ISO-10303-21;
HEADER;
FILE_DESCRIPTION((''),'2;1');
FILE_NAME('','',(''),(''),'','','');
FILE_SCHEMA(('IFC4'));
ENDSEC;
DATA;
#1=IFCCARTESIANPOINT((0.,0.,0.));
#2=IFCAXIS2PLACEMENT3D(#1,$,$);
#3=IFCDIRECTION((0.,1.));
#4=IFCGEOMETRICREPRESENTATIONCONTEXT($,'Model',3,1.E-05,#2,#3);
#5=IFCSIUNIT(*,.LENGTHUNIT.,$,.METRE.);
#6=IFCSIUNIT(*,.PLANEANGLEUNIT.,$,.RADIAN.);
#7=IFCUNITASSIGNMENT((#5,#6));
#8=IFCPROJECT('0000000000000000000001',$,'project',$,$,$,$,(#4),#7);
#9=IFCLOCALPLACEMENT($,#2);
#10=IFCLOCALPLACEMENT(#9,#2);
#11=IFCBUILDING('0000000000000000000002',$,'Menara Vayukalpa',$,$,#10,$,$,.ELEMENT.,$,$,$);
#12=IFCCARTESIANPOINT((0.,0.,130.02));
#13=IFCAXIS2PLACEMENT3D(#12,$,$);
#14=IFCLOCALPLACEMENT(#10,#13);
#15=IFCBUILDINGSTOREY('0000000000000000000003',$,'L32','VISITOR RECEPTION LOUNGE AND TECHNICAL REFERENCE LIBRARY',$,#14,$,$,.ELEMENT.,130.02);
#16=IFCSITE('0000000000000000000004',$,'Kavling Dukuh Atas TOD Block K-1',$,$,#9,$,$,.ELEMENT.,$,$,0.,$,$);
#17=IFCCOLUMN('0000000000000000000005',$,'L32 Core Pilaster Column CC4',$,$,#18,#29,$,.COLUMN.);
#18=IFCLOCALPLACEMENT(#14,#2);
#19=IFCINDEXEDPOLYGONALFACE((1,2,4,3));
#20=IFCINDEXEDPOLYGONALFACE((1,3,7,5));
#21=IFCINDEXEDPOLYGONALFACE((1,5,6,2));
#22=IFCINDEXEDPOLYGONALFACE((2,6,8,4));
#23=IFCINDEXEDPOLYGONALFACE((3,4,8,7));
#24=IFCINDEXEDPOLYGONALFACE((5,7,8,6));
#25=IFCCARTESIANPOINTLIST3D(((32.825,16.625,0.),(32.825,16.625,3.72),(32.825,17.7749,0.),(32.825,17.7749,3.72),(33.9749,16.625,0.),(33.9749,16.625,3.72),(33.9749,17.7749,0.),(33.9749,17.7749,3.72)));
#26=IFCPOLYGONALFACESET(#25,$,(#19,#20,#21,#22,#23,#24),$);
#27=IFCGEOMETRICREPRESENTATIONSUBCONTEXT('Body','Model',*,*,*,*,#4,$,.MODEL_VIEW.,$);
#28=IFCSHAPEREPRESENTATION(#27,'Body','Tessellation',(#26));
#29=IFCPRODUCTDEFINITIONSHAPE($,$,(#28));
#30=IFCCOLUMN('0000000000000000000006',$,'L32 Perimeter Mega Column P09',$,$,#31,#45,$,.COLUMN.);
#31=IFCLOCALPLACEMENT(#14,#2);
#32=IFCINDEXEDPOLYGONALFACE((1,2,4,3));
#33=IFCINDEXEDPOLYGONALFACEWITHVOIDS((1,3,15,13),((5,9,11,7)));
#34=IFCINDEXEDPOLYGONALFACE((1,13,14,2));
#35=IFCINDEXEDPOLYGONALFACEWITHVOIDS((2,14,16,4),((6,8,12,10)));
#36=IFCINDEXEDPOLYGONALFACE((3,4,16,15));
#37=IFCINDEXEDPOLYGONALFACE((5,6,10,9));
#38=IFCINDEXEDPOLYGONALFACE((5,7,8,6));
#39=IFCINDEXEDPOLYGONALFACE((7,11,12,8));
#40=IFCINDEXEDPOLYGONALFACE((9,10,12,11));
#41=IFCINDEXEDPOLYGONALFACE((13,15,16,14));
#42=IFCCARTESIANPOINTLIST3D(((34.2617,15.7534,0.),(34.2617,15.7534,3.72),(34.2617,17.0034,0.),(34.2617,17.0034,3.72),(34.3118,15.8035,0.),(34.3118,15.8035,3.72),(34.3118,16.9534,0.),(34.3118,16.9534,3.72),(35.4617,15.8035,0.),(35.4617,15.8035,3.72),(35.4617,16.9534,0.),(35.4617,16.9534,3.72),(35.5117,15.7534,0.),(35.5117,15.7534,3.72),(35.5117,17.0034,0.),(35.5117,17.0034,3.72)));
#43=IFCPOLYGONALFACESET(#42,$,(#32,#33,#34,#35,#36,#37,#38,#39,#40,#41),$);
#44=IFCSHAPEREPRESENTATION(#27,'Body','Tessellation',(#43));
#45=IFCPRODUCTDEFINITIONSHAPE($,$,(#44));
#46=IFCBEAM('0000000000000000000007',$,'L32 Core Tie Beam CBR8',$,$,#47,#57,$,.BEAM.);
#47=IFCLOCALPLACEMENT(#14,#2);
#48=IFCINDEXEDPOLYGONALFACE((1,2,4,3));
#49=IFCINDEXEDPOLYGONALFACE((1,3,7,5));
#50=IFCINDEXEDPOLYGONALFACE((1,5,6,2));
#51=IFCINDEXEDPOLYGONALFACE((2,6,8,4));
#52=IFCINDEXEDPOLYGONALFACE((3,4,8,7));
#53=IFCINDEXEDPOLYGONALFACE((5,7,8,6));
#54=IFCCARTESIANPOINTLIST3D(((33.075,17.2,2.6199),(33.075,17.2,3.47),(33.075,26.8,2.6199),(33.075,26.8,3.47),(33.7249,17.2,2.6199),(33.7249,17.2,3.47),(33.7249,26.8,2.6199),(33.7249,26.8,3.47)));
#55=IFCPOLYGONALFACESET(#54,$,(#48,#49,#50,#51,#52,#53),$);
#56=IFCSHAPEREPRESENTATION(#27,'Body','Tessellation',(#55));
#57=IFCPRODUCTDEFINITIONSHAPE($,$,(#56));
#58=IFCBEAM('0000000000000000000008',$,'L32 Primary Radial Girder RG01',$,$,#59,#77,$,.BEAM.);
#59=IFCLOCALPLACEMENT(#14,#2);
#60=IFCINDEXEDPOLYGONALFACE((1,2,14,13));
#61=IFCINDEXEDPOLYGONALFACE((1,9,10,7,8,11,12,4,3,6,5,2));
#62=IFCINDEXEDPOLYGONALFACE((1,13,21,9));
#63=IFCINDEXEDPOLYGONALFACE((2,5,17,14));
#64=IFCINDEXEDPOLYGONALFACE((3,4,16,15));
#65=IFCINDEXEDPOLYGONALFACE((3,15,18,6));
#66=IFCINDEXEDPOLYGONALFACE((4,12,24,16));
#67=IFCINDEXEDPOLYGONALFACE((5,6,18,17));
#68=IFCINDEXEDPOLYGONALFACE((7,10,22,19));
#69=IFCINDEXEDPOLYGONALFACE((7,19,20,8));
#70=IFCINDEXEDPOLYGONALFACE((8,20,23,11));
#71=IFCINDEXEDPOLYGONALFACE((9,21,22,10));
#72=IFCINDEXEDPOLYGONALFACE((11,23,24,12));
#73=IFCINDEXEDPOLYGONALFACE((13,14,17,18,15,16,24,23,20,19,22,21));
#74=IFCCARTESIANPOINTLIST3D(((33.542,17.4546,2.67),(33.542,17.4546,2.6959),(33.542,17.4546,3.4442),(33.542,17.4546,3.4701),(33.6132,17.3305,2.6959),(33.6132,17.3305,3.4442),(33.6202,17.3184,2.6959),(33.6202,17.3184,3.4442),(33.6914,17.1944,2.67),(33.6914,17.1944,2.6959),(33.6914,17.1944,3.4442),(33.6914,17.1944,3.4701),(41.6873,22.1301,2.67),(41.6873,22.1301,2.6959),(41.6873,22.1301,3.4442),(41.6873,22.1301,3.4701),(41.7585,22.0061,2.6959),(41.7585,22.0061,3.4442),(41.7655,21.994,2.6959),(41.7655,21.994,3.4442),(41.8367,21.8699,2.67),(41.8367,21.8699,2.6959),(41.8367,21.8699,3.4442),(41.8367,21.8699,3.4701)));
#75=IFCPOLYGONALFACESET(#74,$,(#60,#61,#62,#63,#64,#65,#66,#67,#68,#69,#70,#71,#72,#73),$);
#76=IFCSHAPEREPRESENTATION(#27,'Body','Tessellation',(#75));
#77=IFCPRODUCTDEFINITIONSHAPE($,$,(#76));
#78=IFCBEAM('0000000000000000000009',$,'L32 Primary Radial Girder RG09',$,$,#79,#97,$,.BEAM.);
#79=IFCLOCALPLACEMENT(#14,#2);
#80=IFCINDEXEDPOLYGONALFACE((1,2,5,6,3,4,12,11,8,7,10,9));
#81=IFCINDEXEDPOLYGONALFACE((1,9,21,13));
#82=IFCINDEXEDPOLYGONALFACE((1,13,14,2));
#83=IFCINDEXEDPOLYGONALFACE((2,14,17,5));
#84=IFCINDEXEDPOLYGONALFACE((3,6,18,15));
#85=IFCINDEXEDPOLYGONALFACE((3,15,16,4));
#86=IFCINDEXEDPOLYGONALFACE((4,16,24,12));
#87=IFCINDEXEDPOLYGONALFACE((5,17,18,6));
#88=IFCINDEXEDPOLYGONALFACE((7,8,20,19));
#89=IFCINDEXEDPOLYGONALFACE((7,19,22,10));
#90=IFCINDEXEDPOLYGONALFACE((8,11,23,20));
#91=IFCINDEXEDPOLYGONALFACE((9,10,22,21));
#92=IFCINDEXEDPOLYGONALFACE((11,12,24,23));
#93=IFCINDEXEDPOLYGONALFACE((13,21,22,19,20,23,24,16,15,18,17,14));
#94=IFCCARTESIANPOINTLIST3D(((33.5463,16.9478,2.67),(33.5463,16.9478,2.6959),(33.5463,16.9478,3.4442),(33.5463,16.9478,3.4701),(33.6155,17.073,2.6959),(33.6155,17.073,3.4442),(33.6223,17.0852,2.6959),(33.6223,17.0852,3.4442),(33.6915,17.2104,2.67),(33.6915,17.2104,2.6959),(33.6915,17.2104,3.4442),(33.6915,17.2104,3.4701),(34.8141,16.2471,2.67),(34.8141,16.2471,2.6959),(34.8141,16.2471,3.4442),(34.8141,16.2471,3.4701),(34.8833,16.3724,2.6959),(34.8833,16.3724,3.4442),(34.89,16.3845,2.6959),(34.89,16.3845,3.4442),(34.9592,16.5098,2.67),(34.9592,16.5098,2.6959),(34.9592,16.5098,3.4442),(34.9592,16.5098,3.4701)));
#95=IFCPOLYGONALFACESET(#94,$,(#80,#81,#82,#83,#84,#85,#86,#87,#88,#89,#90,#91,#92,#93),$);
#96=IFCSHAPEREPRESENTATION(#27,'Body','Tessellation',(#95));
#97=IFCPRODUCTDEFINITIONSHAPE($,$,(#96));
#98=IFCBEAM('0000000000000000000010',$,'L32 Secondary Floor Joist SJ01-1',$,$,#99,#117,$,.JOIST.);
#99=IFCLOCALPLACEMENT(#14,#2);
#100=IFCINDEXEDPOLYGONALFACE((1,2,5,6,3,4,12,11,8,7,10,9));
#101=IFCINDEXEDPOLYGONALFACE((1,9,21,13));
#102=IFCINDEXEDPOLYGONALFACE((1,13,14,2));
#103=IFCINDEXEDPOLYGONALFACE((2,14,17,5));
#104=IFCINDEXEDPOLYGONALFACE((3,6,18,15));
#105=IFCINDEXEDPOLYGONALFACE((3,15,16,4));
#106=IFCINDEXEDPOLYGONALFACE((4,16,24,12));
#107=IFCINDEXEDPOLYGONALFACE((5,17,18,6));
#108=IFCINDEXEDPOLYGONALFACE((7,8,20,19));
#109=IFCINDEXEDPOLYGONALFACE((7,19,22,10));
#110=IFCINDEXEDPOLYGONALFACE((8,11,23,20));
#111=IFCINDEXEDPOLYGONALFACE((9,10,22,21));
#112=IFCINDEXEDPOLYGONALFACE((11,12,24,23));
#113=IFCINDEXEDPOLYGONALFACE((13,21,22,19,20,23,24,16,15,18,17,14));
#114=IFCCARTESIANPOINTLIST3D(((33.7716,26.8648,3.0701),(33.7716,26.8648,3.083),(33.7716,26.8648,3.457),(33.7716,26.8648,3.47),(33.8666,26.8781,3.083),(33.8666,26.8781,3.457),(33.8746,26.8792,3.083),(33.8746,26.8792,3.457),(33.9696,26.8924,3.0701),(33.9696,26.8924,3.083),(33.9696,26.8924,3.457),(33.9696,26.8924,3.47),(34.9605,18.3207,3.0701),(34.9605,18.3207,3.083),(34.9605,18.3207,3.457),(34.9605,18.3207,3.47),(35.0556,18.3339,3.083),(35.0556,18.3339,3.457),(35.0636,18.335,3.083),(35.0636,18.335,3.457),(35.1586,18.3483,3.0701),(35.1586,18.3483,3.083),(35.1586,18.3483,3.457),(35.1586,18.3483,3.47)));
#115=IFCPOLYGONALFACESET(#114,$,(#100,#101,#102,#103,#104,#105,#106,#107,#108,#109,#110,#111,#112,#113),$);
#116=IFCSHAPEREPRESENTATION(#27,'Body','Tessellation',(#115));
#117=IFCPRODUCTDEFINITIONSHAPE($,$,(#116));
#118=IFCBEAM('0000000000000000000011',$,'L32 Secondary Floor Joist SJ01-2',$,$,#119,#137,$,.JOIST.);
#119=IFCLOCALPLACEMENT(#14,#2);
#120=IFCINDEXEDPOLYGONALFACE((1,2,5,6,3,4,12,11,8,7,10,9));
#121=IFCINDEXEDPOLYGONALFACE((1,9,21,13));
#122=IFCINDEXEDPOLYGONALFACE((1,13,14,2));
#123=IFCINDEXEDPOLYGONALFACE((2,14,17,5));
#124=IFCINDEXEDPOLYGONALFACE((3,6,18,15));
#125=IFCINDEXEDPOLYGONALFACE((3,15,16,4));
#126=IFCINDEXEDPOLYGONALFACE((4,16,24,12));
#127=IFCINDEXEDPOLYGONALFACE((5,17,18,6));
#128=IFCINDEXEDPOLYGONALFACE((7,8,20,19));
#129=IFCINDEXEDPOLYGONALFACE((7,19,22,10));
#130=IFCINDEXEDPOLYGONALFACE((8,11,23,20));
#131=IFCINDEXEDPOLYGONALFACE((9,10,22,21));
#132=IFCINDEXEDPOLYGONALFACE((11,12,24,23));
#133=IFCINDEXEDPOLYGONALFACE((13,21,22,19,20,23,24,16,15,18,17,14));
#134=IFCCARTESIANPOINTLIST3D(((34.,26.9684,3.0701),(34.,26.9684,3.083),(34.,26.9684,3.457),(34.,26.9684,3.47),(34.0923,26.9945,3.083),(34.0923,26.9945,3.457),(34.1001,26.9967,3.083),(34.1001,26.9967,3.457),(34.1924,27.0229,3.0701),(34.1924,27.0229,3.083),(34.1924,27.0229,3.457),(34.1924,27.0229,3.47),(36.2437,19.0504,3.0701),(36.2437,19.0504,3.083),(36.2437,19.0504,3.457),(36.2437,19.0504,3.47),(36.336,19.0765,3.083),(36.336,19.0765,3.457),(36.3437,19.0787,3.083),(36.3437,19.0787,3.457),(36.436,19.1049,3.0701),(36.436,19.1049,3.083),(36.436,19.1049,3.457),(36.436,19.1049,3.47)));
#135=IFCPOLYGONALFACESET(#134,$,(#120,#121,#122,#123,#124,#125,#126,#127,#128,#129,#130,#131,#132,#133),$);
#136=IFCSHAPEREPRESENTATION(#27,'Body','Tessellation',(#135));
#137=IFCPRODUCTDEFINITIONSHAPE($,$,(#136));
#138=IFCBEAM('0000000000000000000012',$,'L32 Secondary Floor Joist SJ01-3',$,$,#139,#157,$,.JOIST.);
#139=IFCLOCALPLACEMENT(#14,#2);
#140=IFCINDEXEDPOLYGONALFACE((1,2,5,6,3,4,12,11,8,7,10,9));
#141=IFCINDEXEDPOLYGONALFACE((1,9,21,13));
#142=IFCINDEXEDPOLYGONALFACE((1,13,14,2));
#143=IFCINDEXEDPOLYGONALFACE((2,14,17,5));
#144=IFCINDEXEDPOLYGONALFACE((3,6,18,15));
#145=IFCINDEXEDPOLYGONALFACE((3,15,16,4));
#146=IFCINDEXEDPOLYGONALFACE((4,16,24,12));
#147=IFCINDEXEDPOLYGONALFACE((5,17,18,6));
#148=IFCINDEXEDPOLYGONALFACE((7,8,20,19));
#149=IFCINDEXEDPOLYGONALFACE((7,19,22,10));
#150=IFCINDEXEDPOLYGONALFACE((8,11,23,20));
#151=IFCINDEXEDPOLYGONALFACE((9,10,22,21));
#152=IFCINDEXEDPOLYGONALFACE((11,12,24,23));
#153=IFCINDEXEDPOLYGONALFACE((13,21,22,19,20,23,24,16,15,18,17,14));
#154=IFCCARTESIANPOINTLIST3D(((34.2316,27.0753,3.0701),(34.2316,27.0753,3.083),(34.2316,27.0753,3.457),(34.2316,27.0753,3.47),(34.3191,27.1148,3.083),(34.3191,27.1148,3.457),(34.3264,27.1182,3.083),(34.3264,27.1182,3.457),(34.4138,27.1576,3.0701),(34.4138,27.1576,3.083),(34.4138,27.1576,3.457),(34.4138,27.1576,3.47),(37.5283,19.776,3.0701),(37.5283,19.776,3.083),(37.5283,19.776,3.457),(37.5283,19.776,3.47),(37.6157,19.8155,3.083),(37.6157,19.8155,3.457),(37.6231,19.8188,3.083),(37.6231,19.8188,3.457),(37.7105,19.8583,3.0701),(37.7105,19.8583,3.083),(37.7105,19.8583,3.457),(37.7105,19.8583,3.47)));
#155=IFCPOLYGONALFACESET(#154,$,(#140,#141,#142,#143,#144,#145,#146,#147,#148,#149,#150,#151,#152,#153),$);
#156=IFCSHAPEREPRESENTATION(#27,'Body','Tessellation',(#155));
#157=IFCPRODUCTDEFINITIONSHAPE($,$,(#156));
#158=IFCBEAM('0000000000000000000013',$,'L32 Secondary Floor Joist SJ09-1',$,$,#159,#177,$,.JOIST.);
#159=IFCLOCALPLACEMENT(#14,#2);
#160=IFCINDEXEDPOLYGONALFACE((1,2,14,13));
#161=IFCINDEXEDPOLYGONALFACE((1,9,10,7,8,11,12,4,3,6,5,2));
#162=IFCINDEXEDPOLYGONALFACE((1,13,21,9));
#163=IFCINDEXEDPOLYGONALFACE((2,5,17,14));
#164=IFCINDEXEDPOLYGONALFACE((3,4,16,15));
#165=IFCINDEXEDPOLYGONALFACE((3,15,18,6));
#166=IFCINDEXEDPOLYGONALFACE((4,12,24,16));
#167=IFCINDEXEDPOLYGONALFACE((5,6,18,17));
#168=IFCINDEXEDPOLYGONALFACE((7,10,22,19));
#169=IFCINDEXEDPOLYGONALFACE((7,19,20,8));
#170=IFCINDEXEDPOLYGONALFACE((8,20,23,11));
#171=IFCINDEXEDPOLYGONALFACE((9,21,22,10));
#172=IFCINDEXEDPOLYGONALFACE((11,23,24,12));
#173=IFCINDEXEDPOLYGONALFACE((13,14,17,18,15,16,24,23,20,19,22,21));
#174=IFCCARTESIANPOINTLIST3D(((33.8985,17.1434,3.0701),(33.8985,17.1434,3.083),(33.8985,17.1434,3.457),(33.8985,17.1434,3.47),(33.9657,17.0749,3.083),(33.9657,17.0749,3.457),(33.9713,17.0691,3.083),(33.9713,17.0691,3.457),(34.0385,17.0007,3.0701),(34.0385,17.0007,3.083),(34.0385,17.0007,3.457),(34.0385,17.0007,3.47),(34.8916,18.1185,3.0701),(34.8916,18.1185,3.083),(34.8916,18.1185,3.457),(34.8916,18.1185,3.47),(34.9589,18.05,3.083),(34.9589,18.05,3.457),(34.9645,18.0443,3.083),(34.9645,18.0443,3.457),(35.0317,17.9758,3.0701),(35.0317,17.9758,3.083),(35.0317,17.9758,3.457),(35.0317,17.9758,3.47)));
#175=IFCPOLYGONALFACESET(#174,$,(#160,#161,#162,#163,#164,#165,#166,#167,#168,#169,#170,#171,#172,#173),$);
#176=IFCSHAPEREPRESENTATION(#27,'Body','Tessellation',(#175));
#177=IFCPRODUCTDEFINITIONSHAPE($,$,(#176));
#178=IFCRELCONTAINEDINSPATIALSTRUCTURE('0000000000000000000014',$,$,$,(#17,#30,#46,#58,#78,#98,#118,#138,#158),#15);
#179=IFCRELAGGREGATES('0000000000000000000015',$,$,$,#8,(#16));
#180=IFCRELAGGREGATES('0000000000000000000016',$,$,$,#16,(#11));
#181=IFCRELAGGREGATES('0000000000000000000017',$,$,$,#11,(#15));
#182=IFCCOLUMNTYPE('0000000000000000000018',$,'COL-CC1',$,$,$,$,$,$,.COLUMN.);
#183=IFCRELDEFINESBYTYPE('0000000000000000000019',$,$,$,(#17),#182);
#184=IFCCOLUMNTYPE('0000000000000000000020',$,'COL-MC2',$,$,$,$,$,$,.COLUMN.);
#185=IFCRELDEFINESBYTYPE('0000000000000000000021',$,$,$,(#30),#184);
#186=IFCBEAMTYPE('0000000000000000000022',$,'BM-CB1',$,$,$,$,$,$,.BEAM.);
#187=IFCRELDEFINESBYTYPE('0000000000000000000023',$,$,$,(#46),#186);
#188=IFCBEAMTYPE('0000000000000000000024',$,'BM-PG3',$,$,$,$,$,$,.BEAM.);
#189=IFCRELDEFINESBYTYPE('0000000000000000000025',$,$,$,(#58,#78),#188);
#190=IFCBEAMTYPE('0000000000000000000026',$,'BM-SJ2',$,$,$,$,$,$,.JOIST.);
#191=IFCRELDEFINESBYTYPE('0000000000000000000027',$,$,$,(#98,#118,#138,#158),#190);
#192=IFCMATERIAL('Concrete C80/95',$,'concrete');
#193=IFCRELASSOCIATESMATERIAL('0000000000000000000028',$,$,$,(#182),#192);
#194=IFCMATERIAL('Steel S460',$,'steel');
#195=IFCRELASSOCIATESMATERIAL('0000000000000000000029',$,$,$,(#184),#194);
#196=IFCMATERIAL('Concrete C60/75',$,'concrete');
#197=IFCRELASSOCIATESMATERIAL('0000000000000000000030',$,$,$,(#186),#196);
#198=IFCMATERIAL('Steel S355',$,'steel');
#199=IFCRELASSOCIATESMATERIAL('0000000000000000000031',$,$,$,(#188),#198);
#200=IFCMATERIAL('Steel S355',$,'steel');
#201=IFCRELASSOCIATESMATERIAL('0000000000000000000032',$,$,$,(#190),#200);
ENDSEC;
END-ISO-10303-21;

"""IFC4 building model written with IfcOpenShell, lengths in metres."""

from ifc_helpers import new_model, si_unit, direction, frame, origin, origin_2d, place, context, subcontext, project, spatial, rectangle, hollow_rectangle, i_section, extrude, material, material_profile, profile_set, type_object, element, save


model = new_model("IFC4")

# Units and contexts
model_context = context("Model", 3, precision=1e-05, world=origin(), true_north=direction((0.0, 1.0)))
body_context = subcontext(model_context, "Body", "Model", "MODEL_VIEW")
ifc_project = project(units=[si_unit("LENGTHUNIT", "METRE"), si_unit("PLANEANGLEUNIT", "RADIAN")], contexts=[model_context])

# Site, building, storey
site_placement = place(None, origin())
site = spatial("IfcSite", under=ifc_project, at=site_placement, Name="Kavling Dukuh Atas TOD Block K-1", CompositionType="ELEMENT", RefElevation=0.0)
building_placement = place(site_placement, origin())
building = spatial("IfcBuilding", under=site, at=building_placement, Name="Menara Vayukalpa", CompositionType="ELEMENT")
storey_placement = place(building_placement, frame((0.0, 0.0, 130.02)))
storey = spatial("IfcBuildingStorey", under=building, at=storey_placement, Name="L32", Description="VISITOR RECEPTION LOUNGE AND TECHNICAL REFERENCE LIBRARY", CompositionType="ELEMENT", Elevation=130.02)

# Columns
ifc_material_1 = material(Name="Concrete C80/95", Category="concrete")
ifc_material_profile_1 = material_profile(ifc_material_1, rectangle(XDim=1.1499, YDim=1.1499, at=origin_2d()), Name="RC 1150x1150")
ifc_profile_set_1 = profile_set([ifc_material_profile_1], Name="Concrete C80/95")
column_type_1 = type_object("IfcColumnType", Name="COL-CC1", PredefinedType="COLUMN", material=ifc_profile_set_1)
column_1_placement = place(storey_placement, frame((33.3999, 17.2, 0.0), z_axis=(0.0, 0.0, 1.0), x_axis=(1.0, 0.0, 0.0)))
element("IfcColumn", 1, at=column_1_placement, inside=storey, type_object=column_type_1, Name="L32 Core Pilaster Column CC4", PredefinedType="COLUMN", context=body_context, shape_type="SweptSolid", body=[
    extrude(rectangle(XDim=1.1499, YDim=1.1499, at=origin_2d()), origin(), (0.0, 0.0, 1.0), 3.72),
])
ifc_material_2 = material(Name="Steel S460", Category="steel")
ifc_material_profile_2 = material_profile(ifc_material_2, hollow_rectangle(XDim=1.25, YDim=1.25, WallThickness=0.05, at=origin_2d()), Name="BOX 1250x1250x50")
ifc_profile_set_2 = profile_set([ifc_material_profile_2], Name="Steel S460")
column_type_2 = type_object("IfcColumnType", Name="COL-MC2", PredefinedType="COLUMN", material=ifc_profile_set_2)
column_2_placement = place(storey_placement, frame((34.8867, 16.3784, 0.0), z_axis=(0.0, 0.0, 1.0), x_axis=(1.0, 0.0, 0.0)))
element("IfcColumn", 2, at=column_2_placement, inside=storey, type_object=column_type_2, Name="L32 Perimeter Mega Column P09", PredefinedType="COLUMN", context=body_context, shape_type="SweptSolid", body=[
    extrude(hollow_rectangle(XDim=1.25, YDim=1.25, WallThickness=0.05, at=origin_2d()), origin(), (0.0, 0.0, 1.0), 3.72),
])

# Beams
ifc_material_3 = material(Name="Concrete C60/75", Category="concrete")
ifc_material_profile_3 = material_profile(ifc_material_3, rectangle(XDim=0.6499, YDim=0.8501, at=origin_2d()), Name="RC 650x850")
ifc_profile_set_3 = profile_set([ifc_material_profile_3], Name="Concrete C60/75")
beam_type_1 = type_object("IfcBeamType", Name="BM-CB1", PredefinedType="BEAM", material=ifc_profile_set_3)
beam_1_placement = place(storey_placement, frame((33.3999, 17.2, 3.0449), z_axis=(0.0, 1.0, 0.0), x_axis=(-1.0, 0.0, 0.0)))
element("IfcBeam", 3, at=beam_1_placement, inside=storey, type_object=beam_type_1, Name="L32 Core Tie Beam CBR8", PredefinedType="BEAM", context=body_context, shape_type="SweptSolid", body=[
    extrude(rectangle(XDim=0.6499, YDim=0.8501, at=origin_2d()), origin(), (0.0, 0.0, 1.0), 9.6001),
])
ifc_material_4 = material(Name="Steel S355", Category="steel")
ifc_material_profile_4 = material_profile(ifc_material_4, i_section(OverallWidth=0.3, OverallDepth=0.8, WebThickness=0.0139, FlangeThickness=0.0259, at=origin_2d()), Name="WF 800x300x14x26")
ifc_profile_set_4 = profile_set([ifc_material_profile_4], Name="Steel S355")
beam_type_2 = type_object("IfcBeamType", Name="BM-PG3", PredefinedType="BEAM", material=ifc_profile_set_4)
beam_2_placement = place(storey_placement, frame((33.6167, 17.3245, 3.0701), z_axis=(0.867274, 0.497832, 0.0), x_axis=(-0.497832, 0.867274, 0.0)))
element("IfcBeam", 4, at=beam_2_placement, inside=storey, type_object=beam_type_2, Name="L32 Primary Radial Girder RG01", PredefinedType="BEAM", context=body_context, shape_type="SweptSolid", body=[
    extrude(i_section(OverallWidth=0.3, OverallDepth=0.8, WebThickness=0.0139, FlangeThickness=0.0259, at=origin_2d()), origin(), (0.0, 0.0, 1.0), 9.3918),
])
beam_3_placement = place(storey_placement, frame((33.6189, 17.0791, 3.0701), z_axis=(0.875228, -0.48371, 0.0), x_axis=(0.48371, 0.875228, 0.0)))
element("IfcBeam", 5, at=beam_3_placement, inside=storey, type_object=beam_type_2, Name="L32 Primary Radial Girder RG09", PredefinedType="BEAM", context=body_context, shape_type="SweptSolid", body=[
    extrude(i_section(OverallWidth=0.3, OverallDepth=0.8, WebThickness=0.0139, FlangeThickness=0.0259, at=origin_2d()), origin(), (0.0, 0.0, 1.0), 1.4485),
])
ifc_material_5 = material(Name="Steel S355", Category="steel")
ifc_material_profile_5 = material_profile(ifc_material_5, i_section(OverallWidth=0.2, OverallDepth=0.3999, WebThickness=0.0081, FlangeThickness=0.0129, at=origin_2d()), Name="WF 400x200x8x13")
ifc_profile_set_5 = profile_set([ifc_material_profile_5], Name="Steel S355")
beam_type_3 = type_object("IfcBeamType", Name="BM-SJ2", PredefinedType="JOIST", material=ifc_profile_set_5)
beam_4_placement = place(storey_placement, frame((35.0596, 18.3345, 3.27), z_axis=(-0.137827, 0.990456, 0.0), x_axis=(-0.990456, -0.137827, 0.0)))
element("IfcBeam", 6, at=beam_4_placement, inside=storey, type_object=beam_type_3, Name="L32 Secondary Floor Joist SJ01-1", PredefinedType="JOIST", context=body_context, shape_type="SweptSolid", body=[
    extrude(i_section(OverallWidth=0.2, OverallDepth=0.3999, WebThickness=0.0081, FlangeThickness=0.0129, at=origin_2d()), origin(), (0.0, 0.0, 1.0), 8.6265),
])
beam_5_placement = place(storey_placement, frame((36.3398, 19.0776, 3.27), z_axis=(-0.272628, 0.962119, 0.0), x_axis=(-0.962119, -0.272628, 0.0)))
element("IfcBeam", 7, at=beam_5_placement, inside=storey, type_object=beam_type_3, Name="L32 Secondary Floor Joist SJ01-2", PredefinedType="JOIST", context=body_context, shape_type="SweptSolid", body=[
    extrude(i_section(OverallWidth=0.2, OverallDepth=0.3999, WebThickness=0.0081, FlangeThickness=0.0129, at=origin_2d()), origin(), (0.0, 0.0, 1.0), 8.2297),
])
beam_6_placement = place(storey_placement, frame((37.6194, 19.8171, 3.27), z_axis=(-0.411604, 0.911363, 0.0), x_axis=(-0.911363, -0.411604, 0.0)))
element("IfcBeam", 8, at=beam_6_placement, inside=storey, type_object=beam_type_3, Name="L32 Secondary Floor Joist SJ01-3", PredefinedType="JOIST", context=body_context, shape_type="SweptSolid", body=[
    extrude(i_section(OverallWidth=0.2, OverallDepth=0.3999, WebThickness=0.0081, FlangeThickness=0.0129, at=origin_2d()), origin(), (0.0, 0.0, 1.0), 8.0093),
])
beam_7_placement = place(storey_placement, frame((33.9685, 17.072, 3.27), z_axis=(0.713567, 0.700587, 0.0), x_axis=(-0.700587, 0.713567, 0.0)))
element("IfcBeam", 9, at=beam_7_placement, inside=storey, type_object=beam_type_3, Name="L32 Secondary Floor Joist SJ09-1", PredefinedType="JOIST", context=body_context, shape_type="SweptSolid", body=[
    extrude(i_section(OverallWidth=0.2, OverallDepth=0.3999, WebThickness=0.0081, FlangeThickness=0.0129, at=origin_2d()), origin(), (0.0, 0.0, 1.0), 1.3918),
])

save(model, "model.ifc")
